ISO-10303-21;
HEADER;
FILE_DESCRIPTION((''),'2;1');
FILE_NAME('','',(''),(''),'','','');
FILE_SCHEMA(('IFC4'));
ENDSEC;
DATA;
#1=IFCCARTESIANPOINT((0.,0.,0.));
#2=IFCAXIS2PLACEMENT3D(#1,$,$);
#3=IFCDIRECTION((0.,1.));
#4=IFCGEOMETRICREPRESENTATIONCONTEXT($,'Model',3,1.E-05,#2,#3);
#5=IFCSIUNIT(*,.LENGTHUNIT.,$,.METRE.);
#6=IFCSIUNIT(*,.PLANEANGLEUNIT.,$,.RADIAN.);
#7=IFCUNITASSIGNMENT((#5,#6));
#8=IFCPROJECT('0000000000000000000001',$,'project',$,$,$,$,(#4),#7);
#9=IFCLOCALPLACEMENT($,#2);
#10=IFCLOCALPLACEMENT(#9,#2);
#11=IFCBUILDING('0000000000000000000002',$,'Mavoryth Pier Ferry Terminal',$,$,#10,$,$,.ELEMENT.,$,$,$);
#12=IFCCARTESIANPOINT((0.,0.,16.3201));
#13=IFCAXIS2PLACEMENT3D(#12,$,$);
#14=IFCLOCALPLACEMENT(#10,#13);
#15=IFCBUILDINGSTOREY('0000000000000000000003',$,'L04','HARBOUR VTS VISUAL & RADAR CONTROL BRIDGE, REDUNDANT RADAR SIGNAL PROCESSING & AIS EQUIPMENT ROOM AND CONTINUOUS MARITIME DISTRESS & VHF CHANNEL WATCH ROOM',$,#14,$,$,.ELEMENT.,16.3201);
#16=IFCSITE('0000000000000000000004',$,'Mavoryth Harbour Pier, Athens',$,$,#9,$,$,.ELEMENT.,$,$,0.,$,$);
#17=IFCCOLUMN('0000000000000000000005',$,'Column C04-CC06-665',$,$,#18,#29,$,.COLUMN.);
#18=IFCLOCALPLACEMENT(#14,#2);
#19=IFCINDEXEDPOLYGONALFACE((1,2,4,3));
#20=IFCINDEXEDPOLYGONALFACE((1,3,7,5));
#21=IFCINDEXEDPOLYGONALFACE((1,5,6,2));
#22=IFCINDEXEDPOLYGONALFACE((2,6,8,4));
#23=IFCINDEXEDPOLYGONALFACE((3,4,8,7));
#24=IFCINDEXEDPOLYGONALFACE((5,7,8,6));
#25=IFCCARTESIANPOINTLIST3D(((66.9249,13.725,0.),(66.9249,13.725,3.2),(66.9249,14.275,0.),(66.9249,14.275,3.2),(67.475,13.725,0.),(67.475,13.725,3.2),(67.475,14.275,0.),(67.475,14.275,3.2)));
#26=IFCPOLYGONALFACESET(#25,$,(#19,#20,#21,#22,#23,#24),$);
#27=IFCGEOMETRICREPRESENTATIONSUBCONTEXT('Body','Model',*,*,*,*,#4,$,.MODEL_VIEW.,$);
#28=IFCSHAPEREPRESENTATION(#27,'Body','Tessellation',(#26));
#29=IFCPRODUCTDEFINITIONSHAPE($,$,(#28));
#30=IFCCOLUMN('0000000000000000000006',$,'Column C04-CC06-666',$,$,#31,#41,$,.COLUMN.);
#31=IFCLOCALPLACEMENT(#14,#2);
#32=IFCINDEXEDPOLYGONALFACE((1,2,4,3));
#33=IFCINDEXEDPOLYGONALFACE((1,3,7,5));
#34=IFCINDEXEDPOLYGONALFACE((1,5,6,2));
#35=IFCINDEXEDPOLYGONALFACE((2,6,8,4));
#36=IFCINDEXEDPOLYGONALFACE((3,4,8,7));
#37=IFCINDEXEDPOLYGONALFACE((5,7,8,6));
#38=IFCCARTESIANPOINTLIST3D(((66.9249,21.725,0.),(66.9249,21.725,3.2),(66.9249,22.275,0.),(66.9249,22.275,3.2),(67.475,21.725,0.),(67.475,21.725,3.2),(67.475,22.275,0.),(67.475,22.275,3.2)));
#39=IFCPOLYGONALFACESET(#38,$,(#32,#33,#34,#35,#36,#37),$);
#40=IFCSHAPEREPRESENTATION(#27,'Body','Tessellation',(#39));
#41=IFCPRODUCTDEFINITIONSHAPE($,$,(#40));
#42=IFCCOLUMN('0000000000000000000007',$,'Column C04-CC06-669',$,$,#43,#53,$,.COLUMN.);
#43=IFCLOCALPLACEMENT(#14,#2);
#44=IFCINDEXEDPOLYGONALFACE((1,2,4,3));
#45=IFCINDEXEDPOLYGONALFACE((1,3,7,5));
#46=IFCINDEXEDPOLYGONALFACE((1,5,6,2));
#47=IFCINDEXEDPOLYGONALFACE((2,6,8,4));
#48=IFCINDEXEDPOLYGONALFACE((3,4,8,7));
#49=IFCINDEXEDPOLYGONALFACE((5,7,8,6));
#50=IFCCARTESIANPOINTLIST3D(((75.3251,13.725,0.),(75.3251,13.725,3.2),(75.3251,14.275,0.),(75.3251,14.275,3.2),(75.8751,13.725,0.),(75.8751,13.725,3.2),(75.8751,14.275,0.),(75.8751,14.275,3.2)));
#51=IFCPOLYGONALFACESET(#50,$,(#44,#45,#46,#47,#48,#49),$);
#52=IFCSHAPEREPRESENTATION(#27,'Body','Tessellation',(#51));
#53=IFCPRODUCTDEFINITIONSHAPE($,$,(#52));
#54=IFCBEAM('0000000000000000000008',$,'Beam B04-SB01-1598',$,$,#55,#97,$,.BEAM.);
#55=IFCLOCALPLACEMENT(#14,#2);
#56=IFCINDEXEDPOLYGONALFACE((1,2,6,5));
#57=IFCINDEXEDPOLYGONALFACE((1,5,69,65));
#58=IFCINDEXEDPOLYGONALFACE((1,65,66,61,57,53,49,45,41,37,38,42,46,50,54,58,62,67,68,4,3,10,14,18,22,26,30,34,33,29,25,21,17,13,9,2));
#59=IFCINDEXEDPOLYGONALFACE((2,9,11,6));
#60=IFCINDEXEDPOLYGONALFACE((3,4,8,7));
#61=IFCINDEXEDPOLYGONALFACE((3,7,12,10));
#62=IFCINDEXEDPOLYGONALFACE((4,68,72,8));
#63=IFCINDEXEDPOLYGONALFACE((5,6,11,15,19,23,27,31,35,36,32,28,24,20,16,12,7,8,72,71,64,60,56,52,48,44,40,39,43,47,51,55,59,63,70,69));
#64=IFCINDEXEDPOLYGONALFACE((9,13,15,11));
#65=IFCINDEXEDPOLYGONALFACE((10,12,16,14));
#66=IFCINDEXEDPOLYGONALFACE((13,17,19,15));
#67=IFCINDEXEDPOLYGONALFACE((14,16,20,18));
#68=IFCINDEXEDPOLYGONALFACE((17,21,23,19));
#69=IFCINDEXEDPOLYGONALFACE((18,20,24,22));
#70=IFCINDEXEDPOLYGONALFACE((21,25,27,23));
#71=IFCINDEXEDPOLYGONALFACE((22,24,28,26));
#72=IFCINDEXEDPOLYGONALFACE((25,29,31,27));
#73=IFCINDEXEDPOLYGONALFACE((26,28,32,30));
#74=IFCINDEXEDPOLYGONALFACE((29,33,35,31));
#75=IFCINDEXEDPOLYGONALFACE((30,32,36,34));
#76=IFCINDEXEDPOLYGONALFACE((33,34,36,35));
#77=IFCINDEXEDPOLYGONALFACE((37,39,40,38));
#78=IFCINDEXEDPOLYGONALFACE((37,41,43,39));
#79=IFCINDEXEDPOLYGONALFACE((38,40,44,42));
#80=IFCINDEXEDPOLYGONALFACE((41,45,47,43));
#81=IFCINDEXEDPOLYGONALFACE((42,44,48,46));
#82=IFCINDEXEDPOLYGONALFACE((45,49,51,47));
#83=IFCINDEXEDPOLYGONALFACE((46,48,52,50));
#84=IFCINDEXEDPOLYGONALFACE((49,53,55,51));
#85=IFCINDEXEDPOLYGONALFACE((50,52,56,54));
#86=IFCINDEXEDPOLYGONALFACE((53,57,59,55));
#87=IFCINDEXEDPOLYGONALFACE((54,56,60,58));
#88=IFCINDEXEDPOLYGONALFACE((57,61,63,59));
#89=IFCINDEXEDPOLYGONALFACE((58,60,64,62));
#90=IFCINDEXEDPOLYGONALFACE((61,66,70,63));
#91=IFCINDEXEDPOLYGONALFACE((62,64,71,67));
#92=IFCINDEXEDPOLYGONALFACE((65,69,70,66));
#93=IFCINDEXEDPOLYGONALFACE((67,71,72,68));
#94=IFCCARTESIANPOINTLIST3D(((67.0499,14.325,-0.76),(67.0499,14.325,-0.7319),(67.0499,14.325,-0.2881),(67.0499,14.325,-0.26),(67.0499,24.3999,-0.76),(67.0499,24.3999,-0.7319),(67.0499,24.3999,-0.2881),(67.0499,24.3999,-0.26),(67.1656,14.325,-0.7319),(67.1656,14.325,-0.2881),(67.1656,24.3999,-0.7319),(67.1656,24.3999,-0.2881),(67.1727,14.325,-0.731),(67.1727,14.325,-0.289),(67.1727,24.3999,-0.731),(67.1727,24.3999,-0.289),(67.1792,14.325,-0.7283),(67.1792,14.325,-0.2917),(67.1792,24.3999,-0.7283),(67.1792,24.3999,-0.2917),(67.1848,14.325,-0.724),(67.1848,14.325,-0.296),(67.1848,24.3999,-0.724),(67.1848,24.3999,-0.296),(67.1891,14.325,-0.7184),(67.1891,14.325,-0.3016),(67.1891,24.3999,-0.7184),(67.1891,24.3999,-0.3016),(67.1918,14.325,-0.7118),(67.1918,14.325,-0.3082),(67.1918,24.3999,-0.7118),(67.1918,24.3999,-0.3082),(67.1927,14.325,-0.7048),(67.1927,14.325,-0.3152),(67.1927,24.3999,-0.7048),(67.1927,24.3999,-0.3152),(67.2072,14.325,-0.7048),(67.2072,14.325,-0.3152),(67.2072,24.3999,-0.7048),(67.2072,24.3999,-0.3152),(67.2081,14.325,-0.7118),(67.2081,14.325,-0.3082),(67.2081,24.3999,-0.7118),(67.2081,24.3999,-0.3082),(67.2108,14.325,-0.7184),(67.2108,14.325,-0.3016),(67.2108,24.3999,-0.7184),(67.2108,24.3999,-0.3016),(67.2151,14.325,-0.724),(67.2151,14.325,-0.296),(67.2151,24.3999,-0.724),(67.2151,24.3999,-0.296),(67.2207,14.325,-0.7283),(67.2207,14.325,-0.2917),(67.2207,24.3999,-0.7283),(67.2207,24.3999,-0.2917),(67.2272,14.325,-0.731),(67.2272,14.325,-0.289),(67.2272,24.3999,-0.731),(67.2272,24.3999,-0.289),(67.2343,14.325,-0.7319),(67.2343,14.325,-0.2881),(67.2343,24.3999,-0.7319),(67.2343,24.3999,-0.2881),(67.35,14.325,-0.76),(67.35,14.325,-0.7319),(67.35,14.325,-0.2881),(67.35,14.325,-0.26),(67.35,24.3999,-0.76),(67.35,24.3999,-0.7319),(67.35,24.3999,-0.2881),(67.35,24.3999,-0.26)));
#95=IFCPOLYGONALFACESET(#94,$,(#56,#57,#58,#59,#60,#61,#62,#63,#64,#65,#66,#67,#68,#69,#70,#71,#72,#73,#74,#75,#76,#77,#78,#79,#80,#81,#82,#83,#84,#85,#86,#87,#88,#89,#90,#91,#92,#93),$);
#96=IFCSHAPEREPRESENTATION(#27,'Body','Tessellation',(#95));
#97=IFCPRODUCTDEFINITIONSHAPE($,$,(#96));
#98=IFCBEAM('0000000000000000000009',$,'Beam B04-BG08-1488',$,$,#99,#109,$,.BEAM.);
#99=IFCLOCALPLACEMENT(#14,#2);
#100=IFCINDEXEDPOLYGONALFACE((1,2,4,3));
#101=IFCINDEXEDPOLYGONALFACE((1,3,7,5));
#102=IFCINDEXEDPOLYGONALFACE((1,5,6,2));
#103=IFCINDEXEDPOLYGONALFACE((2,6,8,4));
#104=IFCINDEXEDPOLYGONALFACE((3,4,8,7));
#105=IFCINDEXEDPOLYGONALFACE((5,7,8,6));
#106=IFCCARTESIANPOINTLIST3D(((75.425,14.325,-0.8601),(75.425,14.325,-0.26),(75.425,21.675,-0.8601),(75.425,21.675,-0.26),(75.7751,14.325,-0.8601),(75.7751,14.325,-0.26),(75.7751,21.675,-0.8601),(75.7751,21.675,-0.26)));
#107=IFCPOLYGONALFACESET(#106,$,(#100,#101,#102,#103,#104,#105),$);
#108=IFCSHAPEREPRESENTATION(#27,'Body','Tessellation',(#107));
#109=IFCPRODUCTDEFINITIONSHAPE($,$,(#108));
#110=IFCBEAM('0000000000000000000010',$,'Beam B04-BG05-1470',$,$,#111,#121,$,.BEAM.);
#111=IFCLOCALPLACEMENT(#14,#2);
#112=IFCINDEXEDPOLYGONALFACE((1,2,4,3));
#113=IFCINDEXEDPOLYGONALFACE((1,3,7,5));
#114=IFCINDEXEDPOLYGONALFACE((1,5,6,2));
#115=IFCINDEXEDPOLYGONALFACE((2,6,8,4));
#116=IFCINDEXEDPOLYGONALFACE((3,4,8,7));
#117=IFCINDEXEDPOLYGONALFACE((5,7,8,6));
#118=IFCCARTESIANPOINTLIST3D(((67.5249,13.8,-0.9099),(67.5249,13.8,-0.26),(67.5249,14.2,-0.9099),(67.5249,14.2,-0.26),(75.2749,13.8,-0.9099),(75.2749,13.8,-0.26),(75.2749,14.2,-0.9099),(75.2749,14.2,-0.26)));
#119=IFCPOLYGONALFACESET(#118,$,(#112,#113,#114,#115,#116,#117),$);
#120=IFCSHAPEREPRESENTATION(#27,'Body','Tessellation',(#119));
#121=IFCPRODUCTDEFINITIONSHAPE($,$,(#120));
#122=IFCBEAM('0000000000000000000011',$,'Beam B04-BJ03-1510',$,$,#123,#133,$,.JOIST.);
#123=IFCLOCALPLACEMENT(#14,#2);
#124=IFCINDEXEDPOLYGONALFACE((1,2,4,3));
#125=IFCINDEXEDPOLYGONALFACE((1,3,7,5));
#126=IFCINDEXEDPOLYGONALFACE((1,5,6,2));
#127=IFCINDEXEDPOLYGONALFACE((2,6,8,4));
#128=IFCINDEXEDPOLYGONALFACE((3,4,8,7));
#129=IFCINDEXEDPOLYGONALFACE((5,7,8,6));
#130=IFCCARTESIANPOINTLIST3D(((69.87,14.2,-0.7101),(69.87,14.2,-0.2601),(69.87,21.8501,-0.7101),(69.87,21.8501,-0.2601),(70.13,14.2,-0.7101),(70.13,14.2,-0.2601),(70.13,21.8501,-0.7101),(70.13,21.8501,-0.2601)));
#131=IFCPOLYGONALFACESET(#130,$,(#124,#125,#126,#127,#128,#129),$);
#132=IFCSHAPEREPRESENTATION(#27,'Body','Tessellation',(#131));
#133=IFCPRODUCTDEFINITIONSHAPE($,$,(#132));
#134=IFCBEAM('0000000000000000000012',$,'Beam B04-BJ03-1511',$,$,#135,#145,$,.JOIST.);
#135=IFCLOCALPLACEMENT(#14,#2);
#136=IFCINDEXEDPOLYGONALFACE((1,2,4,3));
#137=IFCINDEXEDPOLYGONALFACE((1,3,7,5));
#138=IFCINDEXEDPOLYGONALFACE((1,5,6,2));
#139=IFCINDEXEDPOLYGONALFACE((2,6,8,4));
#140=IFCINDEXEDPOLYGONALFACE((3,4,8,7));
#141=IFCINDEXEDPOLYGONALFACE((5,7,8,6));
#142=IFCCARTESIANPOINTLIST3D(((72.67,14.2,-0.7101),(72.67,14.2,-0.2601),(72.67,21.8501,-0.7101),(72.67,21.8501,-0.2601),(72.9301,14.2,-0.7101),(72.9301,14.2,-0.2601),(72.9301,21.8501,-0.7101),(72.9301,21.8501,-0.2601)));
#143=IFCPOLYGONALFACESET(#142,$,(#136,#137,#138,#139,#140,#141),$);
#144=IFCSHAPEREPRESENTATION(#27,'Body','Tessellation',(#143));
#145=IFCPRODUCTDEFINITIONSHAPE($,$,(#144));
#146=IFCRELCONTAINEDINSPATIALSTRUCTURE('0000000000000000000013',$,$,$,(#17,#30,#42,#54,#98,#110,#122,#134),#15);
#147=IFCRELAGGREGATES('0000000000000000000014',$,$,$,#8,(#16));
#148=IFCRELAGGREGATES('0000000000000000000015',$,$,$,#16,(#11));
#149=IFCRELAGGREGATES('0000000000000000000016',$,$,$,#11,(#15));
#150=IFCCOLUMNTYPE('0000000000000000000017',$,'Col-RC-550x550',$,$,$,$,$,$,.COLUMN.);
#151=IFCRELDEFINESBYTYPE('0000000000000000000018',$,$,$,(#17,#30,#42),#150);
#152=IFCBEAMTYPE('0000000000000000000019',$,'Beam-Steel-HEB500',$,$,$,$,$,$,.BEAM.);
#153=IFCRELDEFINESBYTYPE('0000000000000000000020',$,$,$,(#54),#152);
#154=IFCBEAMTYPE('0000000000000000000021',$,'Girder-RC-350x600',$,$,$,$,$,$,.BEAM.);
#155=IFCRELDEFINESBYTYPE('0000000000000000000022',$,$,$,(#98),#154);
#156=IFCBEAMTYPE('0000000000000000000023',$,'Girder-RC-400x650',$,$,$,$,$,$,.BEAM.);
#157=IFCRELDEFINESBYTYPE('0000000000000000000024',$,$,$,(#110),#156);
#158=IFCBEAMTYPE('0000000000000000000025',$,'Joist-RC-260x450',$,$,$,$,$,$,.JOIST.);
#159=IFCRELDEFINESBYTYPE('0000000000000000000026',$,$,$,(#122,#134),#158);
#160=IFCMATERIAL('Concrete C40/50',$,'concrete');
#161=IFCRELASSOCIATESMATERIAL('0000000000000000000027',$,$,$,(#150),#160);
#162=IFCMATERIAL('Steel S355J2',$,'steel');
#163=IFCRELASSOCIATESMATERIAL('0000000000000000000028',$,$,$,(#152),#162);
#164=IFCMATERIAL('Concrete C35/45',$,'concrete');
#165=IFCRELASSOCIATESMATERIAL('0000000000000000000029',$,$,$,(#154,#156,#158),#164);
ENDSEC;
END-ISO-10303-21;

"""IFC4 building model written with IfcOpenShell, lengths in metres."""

from ifc_helpers import new_model, si_unit, direction, frame, origin, origin_2d, place, context, subcontext, project, spatial, rectangle, i_section, extrude, material, material_profile, profile_set, type_object, element, save


model = new_model("IFC4")

# Units and contexts
model_context = context("Model", 3, precision=1e-05, world=origin(), true_north=direction((0.0, 1.0)))
body_context = subcontext(model_context, "Body", "Model", "MODEL_VIEW")
ifc_project = project(units=[si_unit("LENGTHUNIT", "METRE"), si_unit("PLANEANGLEUNIT", "RADIAN")], contexts=[model_context])

# Site, building, storey
site_placement = place(None, origin())
site = spatial("IfcSite", under=ifc_project, at=site_placement, Name="Mavoryth Harbour Pier, Athens", CompositionType="ELEMENT", RefElevation=0.0)
building_placement = place(site_placement, origin())
building = spatial("IfcBuilding", under=site, at=building_placement, Name="Mavoryth Pier Ferry Terminal", CompositionType="ELEMENT")
storey_placement = place(building_placement, frame((0.0, 0.0, 16.3201)))
storey = spatial("IfcBuildingStorey", under=building, at=storey_placement, Name="L04", Description="HARBOUR VTS VISUAL & RADAR CONTROL BRIDGE, REDUNDANT RADAR SIGNAL PROCESSING & AIS EQUIPMENT ROOM AND CONTINUOUS MARITIME DISTRESS & VHF CHANNEL WATCH ROOM", CompositionType="ELEMENT", Elevation=16.3201)

# Columns
ifc_material_1 = material(Name="Concrete C40/50", Category="concrete")
ifc_material_profile_1 = material_profile(ifc_material_1, rectangle(XDim=0.55, YDim=0.55, at=origin_2d()), Name="RC 550x550", Category="concrete")
ifc_profile_set_1 = profile_set([ifc_material_profile_1], Name="Concrete C40/50 - RC 550x550")
column_type = type_object("IfcColumnType", Name="Col-RC-550x550", PredefinedType="COLUMN", material=ifc_profile_set_1)
for number, where, z_axis, x_axis, name in (
    (1, (67.2, 14.0, 0.0), (0.0, 0.0, 1.0), (1.0, 0.0, 0.0), "Column C04-CC06-665"),
    (2, (67.2, 22.0, 0.0), (0.0, 0.0, 1.0), (1.0, 0.0, 0.0), "Column C04-CC06-666"),
    (3, (75.6001, 14.0, 0.0), (0.0, 0.0, 1.0), (1.0, 0.0, 0.0), "Column C04-CC06-669"),
):
    element("IfcColumn", number, at=place(storey_placement, frame(where, z_axis=z_axis, x_axis=x_axis)), inside=storey, type_object=column_type, Name=name, PredefinedType="COLUMN", context=body_context, shape_type="SweptSolid", body=[
        extrude(rectangle(XDim=0.55, YDim=0.55, at=origin_2d()), origin(), (0.0, 0.0, 1.0), 3.2),
    ])

# Beams
ifc_material_2 = material(Name="Steel S355J2", Category="steel")
ifc_material_profile_2 = material_profile(ifc_material_2, i_section(OverallWidth=0.3, OverallDepth=0.5, WebThickness=0.0144, FlangeThickness=0.0281, FilletRadius=0.0271, at=origin_2d()), Name="HEB 500", Category="steel")
ifc_profile_set_2 = profile_set([ifc_material_profile_2], Name="Steel S355J2 - HEB 500")
beam_type_1 = type_object("IfcBeamType", Name="Beam-Steel-HEB500", PredefinedType="BEAM", material=ifc_profile_set_2)
beam_1_placement = place(storey_placement, frame((67.2, 14.325, -0.51), z_axis=(0.0, 1.0, 0.0), x_axis=(-1.0, 0.0, 0.0)))
element("IfcBeam", 4, at=beam_1_placement, inside=storey, type_object=beam_type_1, Name="Beam B04-SB01-1598", PredefinedType="BEAM", context=body_context, shape_type="SweptSolid", body=[
    extrude(i_section(OverallWidth=0.3, OverallDepth=0.5, WebThickness=0.0144, FlangeThickness=0.0281, FilletRadius=0.0271, at=origin_2d()), origin(), (0.0, 0.0, 1.0), 10.075),
])
ifc_material_3 = material(Name="Concrete C35/45", Category="concrete")
ifc_material_profile_3 = material_profile(ifc_material_3, rectangle(XDim=0.3501, YDim=0.6001, at=origin_2d()), Name="RC 350x600", Category="concrete")
ifc_profile_set_3 = profile_set([ifc_material_profile_3], Name="Concrete C35/45 - RC 350x600")
beam_type_2 = type_object("IfcBeamType", Name="Girder-RC-350x600", PredefinedType="BEAM", material=ifc_profile_set_3)
beam_2_placement = place(storey_placement, frame((75.6001, 14.325, -0.5601), z_axis=(0.0, 1.0, 0.0), x_axis=(-1.0, 0.0, 0.0)))
element("IfcBeam", 5, at=beam_2_placement, inside=storey, type_object=beam_type_2, Name="Beam B04-BG08-1488", PredefinedType="BEAM", context=body_context, shape_type="SweptSolid", body=[
    extrude(rectangle(XDim=0.3501, YDim=0.6001, at=origin_2d()), origin(), (0.0, 0.0, 1.0), 7.3501),
])
ifc_material_profile_4 = material_profile(ifc_material_3, rectangle(XDim=0.3999, YDim=0.6499, at=origin_2d()), Name="RC 400x650", Category="concrete")
ifc_profile_set_4 = profile_set([ifc_material_profile_4], Name="Concrete C35/45 - RC 400x650")
beam_type_3 = type_object("IfcBeamType", Name="Girder-RC-400x650", PredefinedType="BEAM", material=ifc_profile_set_4)
beam_3_placement = place(storey_placement, frame((67.5249, 14.0, -0.585), z_axis=(1.0, 0.0, 0.0), x_axis=(0.0, 1.0, 0.0)))
element("IfcBeam", 6, at=beam_3_placement, inside=storey, type_object=beam_type_3, Name="Beam B04-BG05-1470", PredefinedType="BEAM", context=body_context, shape_type="SweptSolid", body=[
    extrude(rectangle(XDim=0.3999, YDim=0.6499, at=origin_2d()), origin(), (0.0, 0.0, 1.0), 7.75),
])
ifc_material_profile_5 = material_profile(ifc_material_3, rectangle(XDim=0.26, YDim=0.45, at=origin_2d()), Name="RC 260x450", Category="concrete")
ifc_profile_set_5 = profile_set([ifc_material_profile_5], Name="Concrete C35/45 - RC 260x450")
beam_type_4 = type_object("IfcBeamType", Name="Joist-RC-260x450", PredefinedType="JOIST", material=ifc_profile_set_5)
for number, where, z_axis, x_axis, name in (
    (7, (70.0, 14.2, -0.4851), (0.0, 1.0, 0.0), (-1.0, 0.0, 0.0), "Beam B04-BJ03-1510"),
    (8, (72.8, 14.2, -0.4851), (0.0, 1.0, 0.0), (-1.0, 0.0, 0.0), "Beam B04-BJ03-1511"),
):
    element("IfcBeam", number, at=place(storey_placement, frame(where, z_axis=z_axis, x_axis=x_axis)), inside=storey, type_object=beam_type_4, Name=name, PredefinedType="JOIST", context=body_context, shape_type="SweptSolid", body=[
        extrude(rectangle(XDim=0.26, YDim=0.45, at=origin_2d()), origin(), (0.0, 0.0, 1.0), 7.6501),
    ])

save(model, "model.ifc")
